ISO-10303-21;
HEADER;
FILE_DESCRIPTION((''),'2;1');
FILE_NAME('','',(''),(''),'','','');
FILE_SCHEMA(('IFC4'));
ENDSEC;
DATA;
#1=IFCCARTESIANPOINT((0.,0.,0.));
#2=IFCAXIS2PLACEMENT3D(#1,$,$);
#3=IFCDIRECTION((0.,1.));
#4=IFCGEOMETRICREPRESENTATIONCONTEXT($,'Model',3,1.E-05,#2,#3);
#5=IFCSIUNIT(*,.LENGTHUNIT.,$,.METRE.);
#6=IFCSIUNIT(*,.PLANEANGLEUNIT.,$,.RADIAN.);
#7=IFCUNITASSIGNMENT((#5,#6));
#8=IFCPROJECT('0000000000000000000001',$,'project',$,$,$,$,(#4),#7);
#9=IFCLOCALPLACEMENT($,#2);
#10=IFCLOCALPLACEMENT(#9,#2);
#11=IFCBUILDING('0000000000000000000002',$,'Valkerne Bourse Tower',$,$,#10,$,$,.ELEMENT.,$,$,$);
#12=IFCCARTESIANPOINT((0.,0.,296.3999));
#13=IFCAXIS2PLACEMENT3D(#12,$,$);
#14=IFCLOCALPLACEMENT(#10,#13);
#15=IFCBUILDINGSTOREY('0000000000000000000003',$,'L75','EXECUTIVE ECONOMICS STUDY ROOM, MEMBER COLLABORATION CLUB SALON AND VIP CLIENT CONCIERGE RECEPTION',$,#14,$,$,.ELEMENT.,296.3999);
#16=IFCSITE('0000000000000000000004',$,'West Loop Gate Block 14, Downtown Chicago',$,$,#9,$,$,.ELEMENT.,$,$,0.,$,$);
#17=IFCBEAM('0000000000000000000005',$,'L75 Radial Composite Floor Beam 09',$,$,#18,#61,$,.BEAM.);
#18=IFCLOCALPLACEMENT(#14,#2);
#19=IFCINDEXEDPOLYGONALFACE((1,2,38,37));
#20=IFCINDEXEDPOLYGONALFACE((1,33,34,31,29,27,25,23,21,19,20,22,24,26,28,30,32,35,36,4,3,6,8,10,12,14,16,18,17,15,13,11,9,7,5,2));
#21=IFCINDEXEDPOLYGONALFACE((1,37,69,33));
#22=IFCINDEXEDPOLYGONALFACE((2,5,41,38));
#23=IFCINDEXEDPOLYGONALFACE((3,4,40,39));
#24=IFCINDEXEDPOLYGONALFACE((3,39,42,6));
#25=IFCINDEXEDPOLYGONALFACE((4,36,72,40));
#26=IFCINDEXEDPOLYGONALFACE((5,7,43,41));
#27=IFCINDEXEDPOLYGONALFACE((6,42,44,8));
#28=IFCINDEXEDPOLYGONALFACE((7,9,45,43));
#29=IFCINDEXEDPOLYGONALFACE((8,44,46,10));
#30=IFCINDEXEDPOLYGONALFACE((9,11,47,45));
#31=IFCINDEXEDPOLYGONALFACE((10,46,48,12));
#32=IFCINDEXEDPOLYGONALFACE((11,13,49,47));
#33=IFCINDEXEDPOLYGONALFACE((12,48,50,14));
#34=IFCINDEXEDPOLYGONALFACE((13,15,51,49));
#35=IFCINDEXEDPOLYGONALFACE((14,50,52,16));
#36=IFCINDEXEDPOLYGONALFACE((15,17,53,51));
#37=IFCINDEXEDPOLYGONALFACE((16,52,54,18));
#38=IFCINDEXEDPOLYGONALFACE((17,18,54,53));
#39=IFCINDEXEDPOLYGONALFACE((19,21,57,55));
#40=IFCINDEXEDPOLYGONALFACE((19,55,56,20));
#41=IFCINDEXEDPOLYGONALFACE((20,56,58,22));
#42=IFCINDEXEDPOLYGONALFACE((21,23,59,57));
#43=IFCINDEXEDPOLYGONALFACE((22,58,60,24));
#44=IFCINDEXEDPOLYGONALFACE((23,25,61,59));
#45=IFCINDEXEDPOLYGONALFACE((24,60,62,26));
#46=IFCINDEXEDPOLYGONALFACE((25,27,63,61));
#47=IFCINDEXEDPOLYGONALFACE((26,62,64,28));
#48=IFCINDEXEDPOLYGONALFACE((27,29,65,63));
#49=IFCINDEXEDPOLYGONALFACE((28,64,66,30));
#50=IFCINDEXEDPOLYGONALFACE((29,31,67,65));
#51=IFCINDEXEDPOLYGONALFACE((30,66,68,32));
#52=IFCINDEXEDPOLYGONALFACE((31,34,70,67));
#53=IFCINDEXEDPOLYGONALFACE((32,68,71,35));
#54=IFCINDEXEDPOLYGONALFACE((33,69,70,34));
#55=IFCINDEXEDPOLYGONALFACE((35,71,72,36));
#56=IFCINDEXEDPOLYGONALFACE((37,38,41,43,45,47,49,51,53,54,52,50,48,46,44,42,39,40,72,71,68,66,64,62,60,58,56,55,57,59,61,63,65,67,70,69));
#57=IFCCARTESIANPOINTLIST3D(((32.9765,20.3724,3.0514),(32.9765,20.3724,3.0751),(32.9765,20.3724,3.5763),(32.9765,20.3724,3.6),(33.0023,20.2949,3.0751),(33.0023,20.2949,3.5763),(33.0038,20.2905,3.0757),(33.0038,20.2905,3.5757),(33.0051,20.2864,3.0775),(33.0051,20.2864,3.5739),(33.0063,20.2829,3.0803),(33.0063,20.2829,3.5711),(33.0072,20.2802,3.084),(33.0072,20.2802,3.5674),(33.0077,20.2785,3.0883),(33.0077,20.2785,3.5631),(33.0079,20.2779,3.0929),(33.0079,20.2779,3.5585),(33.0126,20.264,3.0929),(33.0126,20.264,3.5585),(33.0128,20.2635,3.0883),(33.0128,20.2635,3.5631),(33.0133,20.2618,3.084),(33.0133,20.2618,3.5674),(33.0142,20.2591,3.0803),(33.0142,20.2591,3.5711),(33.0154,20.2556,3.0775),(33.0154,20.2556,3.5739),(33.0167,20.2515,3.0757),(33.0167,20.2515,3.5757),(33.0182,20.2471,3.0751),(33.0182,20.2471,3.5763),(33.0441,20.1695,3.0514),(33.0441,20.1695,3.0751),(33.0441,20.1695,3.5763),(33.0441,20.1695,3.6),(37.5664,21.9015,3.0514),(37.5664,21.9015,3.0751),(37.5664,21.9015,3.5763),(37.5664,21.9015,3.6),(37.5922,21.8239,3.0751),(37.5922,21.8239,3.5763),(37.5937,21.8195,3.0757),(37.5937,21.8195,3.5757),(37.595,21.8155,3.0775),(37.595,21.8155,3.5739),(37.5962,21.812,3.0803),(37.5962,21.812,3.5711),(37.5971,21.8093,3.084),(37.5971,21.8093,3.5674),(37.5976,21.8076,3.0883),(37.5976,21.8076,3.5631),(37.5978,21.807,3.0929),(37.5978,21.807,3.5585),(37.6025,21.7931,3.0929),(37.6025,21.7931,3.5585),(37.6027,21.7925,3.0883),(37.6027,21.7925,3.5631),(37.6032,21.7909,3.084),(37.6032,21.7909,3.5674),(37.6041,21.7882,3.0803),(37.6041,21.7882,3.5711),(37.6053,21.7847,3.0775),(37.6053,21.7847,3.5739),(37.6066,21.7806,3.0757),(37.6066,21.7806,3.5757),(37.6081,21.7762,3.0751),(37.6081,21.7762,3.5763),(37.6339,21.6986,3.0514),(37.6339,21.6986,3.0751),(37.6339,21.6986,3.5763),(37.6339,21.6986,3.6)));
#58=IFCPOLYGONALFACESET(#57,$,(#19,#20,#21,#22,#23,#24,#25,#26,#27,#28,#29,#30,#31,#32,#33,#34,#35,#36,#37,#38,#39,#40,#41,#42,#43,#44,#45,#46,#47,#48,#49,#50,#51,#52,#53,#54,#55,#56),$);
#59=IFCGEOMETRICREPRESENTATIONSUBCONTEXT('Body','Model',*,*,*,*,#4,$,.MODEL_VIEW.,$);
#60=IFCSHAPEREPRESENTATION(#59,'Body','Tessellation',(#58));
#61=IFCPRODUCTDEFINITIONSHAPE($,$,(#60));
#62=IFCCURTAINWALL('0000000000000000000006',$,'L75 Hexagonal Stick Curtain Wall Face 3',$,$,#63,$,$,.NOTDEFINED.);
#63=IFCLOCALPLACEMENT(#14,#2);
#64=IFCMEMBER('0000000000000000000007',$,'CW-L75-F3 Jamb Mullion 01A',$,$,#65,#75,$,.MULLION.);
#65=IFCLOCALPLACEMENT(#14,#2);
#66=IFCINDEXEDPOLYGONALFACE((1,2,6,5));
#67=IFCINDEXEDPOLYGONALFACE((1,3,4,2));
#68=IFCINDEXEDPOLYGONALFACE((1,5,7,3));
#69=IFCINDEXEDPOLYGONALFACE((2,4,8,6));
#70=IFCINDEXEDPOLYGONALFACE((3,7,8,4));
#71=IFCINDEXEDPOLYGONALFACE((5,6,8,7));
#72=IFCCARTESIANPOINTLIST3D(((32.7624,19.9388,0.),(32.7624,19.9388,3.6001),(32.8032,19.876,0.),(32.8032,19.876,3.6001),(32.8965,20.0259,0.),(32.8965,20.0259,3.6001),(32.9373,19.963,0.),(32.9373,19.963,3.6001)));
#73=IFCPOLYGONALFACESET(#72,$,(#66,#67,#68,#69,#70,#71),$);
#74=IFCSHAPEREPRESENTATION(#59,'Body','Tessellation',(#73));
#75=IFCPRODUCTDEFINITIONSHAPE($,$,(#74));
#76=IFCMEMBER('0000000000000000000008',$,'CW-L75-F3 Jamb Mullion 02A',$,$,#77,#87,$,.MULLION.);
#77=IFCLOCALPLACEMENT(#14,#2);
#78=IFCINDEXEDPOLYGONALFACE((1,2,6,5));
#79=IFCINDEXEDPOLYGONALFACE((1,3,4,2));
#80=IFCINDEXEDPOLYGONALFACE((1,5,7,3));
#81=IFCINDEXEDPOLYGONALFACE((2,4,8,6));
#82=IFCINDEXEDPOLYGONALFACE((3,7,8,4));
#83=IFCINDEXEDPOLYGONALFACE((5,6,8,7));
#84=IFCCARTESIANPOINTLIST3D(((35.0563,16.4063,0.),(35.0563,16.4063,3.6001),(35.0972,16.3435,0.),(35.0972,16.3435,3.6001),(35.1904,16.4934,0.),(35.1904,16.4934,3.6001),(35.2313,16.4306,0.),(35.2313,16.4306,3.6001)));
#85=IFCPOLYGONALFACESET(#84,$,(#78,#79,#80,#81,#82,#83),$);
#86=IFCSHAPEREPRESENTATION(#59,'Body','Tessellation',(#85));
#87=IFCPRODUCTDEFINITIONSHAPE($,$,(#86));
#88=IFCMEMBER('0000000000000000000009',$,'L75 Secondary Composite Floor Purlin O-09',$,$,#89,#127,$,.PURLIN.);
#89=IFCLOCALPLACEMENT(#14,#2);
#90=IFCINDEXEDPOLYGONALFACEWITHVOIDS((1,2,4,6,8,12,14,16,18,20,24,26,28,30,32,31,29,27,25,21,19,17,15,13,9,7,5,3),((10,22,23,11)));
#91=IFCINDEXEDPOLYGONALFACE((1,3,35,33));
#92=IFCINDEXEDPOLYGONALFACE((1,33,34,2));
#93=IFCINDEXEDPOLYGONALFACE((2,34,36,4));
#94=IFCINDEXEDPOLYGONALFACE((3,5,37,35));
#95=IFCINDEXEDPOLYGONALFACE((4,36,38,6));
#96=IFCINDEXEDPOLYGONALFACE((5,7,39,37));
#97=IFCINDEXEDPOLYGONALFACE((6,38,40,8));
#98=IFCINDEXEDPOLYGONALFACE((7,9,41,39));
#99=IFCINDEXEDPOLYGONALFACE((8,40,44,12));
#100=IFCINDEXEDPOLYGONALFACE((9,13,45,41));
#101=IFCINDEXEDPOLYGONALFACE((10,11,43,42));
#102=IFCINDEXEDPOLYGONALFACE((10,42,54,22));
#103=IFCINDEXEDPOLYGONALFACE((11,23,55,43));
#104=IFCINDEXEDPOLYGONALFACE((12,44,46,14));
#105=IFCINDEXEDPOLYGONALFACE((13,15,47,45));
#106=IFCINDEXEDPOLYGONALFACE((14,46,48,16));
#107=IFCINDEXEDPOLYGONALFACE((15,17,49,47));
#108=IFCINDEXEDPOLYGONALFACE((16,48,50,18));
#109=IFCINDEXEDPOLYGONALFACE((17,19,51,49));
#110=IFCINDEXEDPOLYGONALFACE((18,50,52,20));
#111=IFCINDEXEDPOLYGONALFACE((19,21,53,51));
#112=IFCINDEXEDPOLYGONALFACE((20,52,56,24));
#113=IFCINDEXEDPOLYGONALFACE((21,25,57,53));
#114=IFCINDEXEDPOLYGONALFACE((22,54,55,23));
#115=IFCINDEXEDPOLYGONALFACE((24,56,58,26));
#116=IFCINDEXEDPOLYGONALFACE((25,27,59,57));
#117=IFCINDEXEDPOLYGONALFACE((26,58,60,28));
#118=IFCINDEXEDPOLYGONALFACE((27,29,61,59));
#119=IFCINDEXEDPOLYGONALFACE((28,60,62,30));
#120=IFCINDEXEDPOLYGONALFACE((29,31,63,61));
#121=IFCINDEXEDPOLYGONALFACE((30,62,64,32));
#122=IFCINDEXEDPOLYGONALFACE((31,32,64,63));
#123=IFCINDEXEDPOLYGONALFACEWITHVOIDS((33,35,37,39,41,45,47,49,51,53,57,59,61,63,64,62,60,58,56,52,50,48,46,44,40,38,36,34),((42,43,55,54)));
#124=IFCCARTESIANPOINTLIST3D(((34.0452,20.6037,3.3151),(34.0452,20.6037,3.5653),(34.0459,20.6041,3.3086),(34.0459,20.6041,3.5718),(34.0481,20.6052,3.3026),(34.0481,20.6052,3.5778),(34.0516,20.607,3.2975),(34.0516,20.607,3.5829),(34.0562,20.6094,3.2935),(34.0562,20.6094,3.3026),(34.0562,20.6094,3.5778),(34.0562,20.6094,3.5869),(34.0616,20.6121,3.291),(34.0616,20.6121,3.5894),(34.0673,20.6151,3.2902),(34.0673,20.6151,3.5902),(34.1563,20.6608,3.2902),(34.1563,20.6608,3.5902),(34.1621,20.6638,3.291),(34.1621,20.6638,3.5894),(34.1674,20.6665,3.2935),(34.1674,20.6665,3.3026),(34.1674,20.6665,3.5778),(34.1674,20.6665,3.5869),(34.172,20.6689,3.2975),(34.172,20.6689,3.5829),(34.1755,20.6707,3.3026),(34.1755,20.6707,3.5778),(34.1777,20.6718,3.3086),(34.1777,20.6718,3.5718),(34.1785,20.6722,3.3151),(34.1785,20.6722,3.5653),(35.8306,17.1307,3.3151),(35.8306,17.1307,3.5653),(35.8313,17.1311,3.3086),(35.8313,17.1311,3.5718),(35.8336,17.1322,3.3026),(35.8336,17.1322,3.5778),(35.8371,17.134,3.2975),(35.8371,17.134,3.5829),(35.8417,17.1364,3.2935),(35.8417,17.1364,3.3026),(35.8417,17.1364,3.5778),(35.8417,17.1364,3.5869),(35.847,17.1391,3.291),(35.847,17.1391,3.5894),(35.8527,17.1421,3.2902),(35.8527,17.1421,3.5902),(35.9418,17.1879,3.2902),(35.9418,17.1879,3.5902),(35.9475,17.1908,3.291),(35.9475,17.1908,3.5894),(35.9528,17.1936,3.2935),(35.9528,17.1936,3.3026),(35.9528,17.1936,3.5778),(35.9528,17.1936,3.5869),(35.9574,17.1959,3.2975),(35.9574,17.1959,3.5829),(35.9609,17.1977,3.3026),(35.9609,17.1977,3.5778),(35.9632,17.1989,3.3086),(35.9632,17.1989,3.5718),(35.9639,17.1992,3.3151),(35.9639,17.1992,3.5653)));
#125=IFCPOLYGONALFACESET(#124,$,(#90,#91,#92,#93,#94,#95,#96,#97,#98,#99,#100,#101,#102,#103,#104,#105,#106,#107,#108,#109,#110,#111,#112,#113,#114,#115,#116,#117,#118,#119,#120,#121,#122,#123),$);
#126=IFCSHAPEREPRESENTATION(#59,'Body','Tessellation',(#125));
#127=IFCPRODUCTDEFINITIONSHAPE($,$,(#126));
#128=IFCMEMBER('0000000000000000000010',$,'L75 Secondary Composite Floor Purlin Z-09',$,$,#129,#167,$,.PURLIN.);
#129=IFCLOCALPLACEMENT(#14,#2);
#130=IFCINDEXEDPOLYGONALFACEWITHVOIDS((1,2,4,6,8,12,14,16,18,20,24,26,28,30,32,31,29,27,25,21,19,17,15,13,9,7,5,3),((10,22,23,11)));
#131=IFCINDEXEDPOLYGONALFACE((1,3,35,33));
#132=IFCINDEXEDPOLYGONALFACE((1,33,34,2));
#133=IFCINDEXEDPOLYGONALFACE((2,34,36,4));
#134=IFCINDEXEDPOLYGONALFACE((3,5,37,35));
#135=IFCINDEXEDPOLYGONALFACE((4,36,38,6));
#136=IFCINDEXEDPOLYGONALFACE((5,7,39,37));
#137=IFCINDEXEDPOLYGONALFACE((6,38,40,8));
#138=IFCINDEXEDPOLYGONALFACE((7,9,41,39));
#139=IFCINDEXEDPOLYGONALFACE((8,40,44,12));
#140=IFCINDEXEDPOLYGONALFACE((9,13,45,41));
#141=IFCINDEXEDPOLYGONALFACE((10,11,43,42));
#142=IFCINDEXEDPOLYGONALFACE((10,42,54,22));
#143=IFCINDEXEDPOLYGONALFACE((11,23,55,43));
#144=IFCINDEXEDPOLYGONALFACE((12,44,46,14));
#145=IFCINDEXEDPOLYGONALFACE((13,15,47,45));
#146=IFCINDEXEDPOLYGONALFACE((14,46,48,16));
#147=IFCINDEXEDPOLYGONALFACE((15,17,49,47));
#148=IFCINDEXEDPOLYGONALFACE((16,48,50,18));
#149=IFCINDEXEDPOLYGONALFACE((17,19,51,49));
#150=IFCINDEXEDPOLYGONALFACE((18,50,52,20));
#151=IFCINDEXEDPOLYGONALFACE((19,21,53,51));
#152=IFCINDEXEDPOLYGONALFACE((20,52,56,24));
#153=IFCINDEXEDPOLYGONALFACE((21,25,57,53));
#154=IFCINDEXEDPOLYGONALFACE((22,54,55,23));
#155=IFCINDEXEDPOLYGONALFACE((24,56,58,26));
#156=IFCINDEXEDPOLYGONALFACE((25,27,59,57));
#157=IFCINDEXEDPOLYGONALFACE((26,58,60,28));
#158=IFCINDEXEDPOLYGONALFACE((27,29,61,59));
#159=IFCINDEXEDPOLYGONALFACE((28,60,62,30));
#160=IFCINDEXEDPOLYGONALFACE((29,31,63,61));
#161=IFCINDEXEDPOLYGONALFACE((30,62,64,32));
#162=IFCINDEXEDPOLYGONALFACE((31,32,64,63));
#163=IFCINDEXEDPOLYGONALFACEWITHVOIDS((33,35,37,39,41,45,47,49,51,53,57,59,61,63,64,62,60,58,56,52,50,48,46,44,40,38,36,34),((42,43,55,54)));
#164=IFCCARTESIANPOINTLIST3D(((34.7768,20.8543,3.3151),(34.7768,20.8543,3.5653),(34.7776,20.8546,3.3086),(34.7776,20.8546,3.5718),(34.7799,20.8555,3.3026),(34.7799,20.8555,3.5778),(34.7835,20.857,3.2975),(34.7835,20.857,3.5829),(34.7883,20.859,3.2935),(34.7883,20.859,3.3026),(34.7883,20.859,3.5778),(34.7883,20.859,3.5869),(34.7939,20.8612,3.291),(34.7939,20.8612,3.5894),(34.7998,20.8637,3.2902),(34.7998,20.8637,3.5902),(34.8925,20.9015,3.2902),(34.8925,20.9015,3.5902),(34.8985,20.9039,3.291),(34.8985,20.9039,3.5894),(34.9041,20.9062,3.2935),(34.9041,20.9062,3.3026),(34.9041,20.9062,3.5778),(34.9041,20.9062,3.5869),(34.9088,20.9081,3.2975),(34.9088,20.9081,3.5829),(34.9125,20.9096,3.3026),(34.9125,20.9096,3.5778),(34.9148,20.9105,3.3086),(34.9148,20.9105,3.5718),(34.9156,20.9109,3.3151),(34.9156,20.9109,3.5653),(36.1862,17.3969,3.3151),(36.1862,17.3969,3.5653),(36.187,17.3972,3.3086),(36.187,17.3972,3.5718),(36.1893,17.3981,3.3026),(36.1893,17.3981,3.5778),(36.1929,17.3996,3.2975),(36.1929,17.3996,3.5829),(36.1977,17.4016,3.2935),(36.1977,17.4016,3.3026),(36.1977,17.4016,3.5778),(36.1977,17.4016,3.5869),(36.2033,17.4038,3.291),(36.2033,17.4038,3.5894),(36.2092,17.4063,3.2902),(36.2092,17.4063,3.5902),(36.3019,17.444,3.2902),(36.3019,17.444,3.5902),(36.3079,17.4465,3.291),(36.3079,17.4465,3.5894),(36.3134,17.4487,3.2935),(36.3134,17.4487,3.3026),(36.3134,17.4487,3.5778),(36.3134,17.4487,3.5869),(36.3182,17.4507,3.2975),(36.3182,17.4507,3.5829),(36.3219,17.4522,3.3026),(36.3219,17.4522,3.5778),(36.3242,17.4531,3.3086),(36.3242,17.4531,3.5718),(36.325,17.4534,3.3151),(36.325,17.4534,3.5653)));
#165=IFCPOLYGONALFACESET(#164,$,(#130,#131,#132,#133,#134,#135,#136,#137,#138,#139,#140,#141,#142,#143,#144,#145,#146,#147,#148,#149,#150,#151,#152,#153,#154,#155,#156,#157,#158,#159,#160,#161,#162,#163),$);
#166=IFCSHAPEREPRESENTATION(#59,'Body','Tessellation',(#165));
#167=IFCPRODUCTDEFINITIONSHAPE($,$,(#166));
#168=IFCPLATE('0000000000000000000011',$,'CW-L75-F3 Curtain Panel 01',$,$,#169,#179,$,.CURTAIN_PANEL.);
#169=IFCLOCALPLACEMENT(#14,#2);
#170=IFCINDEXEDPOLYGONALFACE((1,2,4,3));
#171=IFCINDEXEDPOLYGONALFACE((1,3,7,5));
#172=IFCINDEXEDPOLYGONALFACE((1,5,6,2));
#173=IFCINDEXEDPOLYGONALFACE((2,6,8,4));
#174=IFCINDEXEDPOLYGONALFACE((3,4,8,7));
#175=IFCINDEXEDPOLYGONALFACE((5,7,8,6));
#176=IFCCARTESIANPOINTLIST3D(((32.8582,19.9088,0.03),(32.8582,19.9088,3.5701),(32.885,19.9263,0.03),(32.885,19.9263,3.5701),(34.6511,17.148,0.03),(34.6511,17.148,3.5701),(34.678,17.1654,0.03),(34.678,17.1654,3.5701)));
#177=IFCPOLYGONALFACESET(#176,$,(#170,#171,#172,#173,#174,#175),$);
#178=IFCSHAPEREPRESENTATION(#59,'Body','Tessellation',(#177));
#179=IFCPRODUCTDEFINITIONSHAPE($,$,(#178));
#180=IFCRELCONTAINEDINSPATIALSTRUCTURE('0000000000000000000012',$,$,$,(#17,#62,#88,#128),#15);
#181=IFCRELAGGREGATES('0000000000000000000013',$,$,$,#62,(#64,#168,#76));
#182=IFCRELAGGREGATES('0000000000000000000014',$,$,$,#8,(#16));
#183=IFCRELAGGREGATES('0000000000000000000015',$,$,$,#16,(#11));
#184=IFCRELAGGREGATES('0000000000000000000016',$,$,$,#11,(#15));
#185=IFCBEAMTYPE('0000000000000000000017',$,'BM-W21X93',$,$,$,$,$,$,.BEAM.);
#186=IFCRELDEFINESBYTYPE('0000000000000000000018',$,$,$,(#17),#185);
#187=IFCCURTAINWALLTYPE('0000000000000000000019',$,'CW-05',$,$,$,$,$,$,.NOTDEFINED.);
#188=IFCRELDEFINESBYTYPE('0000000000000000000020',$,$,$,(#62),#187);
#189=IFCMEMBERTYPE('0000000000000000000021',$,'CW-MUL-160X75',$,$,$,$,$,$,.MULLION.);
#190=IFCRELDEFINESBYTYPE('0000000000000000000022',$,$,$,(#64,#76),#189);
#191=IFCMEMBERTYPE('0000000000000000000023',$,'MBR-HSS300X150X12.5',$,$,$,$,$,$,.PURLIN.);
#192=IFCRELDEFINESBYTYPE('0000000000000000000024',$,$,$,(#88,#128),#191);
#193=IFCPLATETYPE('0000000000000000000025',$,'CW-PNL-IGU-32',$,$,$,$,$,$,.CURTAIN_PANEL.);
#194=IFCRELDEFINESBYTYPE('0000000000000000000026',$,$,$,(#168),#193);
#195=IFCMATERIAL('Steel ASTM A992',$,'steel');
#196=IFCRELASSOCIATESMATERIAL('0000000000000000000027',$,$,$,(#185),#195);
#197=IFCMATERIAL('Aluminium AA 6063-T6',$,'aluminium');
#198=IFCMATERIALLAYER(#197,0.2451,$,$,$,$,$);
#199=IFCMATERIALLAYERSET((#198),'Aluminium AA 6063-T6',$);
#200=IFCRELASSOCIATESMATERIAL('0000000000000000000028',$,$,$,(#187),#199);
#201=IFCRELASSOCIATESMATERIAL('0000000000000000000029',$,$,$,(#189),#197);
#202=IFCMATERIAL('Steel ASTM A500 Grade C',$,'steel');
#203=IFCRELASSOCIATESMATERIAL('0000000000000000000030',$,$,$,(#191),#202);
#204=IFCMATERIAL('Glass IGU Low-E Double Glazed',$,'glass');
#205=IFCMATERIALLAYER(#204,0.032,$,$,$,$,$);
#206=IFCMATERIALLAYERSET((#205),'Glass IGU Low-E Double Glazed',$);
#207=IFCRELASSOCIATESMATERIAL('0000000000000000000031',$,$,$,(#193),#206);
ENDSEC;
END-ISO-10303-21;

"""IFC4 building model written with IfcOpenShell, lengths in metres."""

from ifc_helpers import new_model, si_unit, direction, frame, origin, origin_2d, place, context, subcontext, project, spatial, rectangle, hollow_rectangle, i_section, extrude, material, layer, layer_set, material_profile, profile_set, type_object, element, aggregate, save


model = new_model("IFC4")

# Units and contexts
model_context = context("Model", 3, precision=1e-05, world=origin(), true_north=direction((0.0, 1.0)))
body_context = subcontext(model_context, "Body", "Model", "MODEL_VIEW")
ifc_project = project(units=[si_unit("LENGTHUNIT", "METRE"), si_unit("PLANEANGLEUNIT", "RADIAN")], contexts=[model_context])

# Site, building, storey
site_placement = place(None, origin())
site = spatial("IfcSite", under=ifc_project, at=site_placement, Name="West Loop Gate Block 14, Downtown Chicago", CompositionType="ELEMENT", RefElevation=0.0)
building_placement = place(site_placement, origin())
building = spatial("IfcBuilding", under=site, at=building_placement, Name="Valkerne Bourse Tower", CompositionType="ELEMENT")
storey_placement = place(building_placement, frame((0.0, 0.0, 296.3999)))
storey = spatial("IfcBuildingStorey", under=building, at=storey_placement, Name="L75", Description="EXECUTIVE ECONOMICS STUDY ROOM, MEMBER COLLABORATION CLUB SALON AND VIP CLIENT CONCIERGE RECEPTION", CompositionType="ELEMENT", Elevation=296.3999)

# Beam
ifc_material_1 = material(Name="Steel ASTM A992", Category="steel")
ifc_material_profile_1 = material_profile(ifc_material_1, i_section(OverallWidth=0.2139, OverallDepth=0.5486, WebThickness=0.0146, FlangeThickness=0.0237, FilletRadius=0.0178, at=origin_2d()), Name="W21X93")
ifc_profile_set_1 = profile_set([ifc_material_profile_1], Name="Steel ASTM A992")
beam_type_1 = type_object("IfcBeamType", Name="BM-W21X93", PredefinedType="BEAM", material=ifc_profile_set_1)
beam_1_placement = place(storey_placement, frame((33.0103, 20.271, 3.3257), z_axis=(0.948739, 0.316061, 0.0), x_axis=(-0.316061, 0.948739, 0.0)))
element("IfcBeam", 1, at=beam_1_placement, inside=storey, type_object=beam_type_1, Name="L75 Radial Composite Floor Beam 09", PredefinedType="BEAM", context=body_context, shape_type="SweptSolid", body=[
    extrude(i_section(OverallWidth=0.2139, OverallDepth=0.5486, WebThickness=0.0146, FlangeThickness=0.0237, FilletRadius=0.0178, at=origin_2d()), origin(), (0.0, 0.0, 1.0), 4.8379),
])

# Curtain wall, members
ifc_material_2 = material(Name="Aluminium AA 6063-T6", Category="aluminium")
ifc_layer_1 = layer(ifc_material_2, 0.2451)
ifc_layer_set_1 = layer_set([ifc_layer_1], Name="Aluminium AA 6063-T6")
curtain_wall_type = type_object("IfcCurtainWallType", Name="CW-05", PredefinedType="NOTDEFINED", material=ifc_layer_set_1)
curtain_wall_placement = place(storey_placement, origin())
curtain_wall = element("IfcCurtainWall", 2, at=curtain_wall_placement, inside=storey, type_object=curtain_wall_type, Name="L75 Hexagonal Stick Curtain Wall Face 3", PredefinedType="NOTDEFINED")
ifc_material_profile_2 = material_profile(ifc_material_2, rectangle(XDim=0.075, YDim=0.1599, at=origin_2d()), Name="CWM-75X160")
ifc_profile_set_2 = profile_set([ifc_material_profile_2], Name="Aluminium AA 6063-T6")
member_type_1 = type_object("IfcMemberType", Name="CW-MUL-160X75", PredefinedType="MULLION", material=ifc_profile_set_2)
member_1_placement = place(storey_placement, frame((32.8499, 19.9509, 0.0), z_axis=(0.0, 0.0, 1.0), x_axis=(0.54465, -0.838663, 0.0)))
member_1 = element("IfcMember", 3, at=member_1_placement, type_object=member_type_1, Name="CW-L75-F3 Jamb Mullion 01A", PredefinedType="MULLION", context=body_context, shape_type="SweptSolid", body=[
    extrude(rectangle(XDim=0.075, YDim=0.1599, at=origin_2d()), origin(), (0.0, 0.0, 1.0), 3.6001),
])
member_2_placement = place(storey_placement, frame((35.1438, 16.4185, 0.0), z_axis=(0.0, 0.0, 1.0), x_axis=(0.544634, -0.838674, 0.0)))
member_2 = element("IfcMember", 4, at=member_2_placement, type_object=member_type_1, Name="CW-L75-F3 Jamb Mullion 02A", PredefinedType="MULLION", context=body_context, shape_type="SweptSolid", body=[
    extrude(rectangle(XDim=0.075, YDim=0.1599, at=origin_2d()), origin(), (0.0, 0.0, 1.0), 3.6001),
])

# Members
ifc_material_3 = material(Name="Steel ASTM A500 Grade C", Category="steel")
ifc_material_profile_3 = material_profile(ifc_material_3, hollow_rectangle(XDim=0.1499, YDim=0.3, WallThickness=0.0125, OuterFilletRadius=0.0249, at=origin_2d()), Name="HSS300X150X12.5")
ifc_profile_set_3 = profile_set([ifc_material_profile_3], Name="Steel ASTM A500 Grade C")
member_type_2 = type_object("IfcMemberType", Name="MBR-HSS300X150X12.5", PredefinedType="PURLIN", material=ifc_profile_set_3)
member_3_placement = place(storey_placement, frame((34.1118, 20.6379, 3.4402), z_axis=(0.457214, -0.889357, 0.0), x_axis=(0.889357, 0.457214, 0.0)))
element("IfcMember", 5, at=member_3_placement, inside=storey, type_object=member_type_2, Name="L75 Secondary Composite Floor Purlin O-09", PredefinedType="PURLIN", context=body_context, shape_type="SweptSolid", body=[
    extrude(hollow_rectangle(XDim=0.1499, YDim=0.3, WallThickness=0.0125, OuterFilletRadius=0.0249, at=origin_2d()), origin(), (0.0, 0.0, 1.0), 3.905),
])
member_4_placement = place(storey_placement, frame((34.8462, 20.8826, 3.4402), z_axis=(0.377482, -0.926017, 0.0), x_axis=(0.926017, 0.377482, 0.0)))
element("IfcMember", 6, at=member_4_placement, inside=storey, type_object=member_type_2, Name="L75 Secondary Composite Floor Purlin Z-09", PredefinedType="PURLIN", context=body_context, shape_type="SweptSolid", body=[
    extrude(hollow_rectangle(XDim=0.1499, YDim=0.3, WallThickness=0.0125, OuterFilletRadius=0.0249, at=origin_2d()), origin(), (0.0, 0.0, 1.0), 3.7336),
])

# Plate
ifc_material_4 = material(Name="Glass IGU Low-E Double Glazed", Category="glass")
ifc_layer_2 = layer(ifc_material_4, 0.032)
ifc_layer_set_2 = layer_set([ifc_layer_2], Name="Glass IGU Low-E Double Glazed")
plate_type = type_object("IfcPlateType", Name="CW-PNL-IGU-32", PredefinedType="CURTAIN_PANEL", material=ifc_layer_set_2)
plate_placement = place(storey_placement, frame((33.7681, 18.5371, 0.03), z_axis=(0.0, 0.0, 1.0), x_axis=(0.54465, -0.838663, 0.0)))
plate = element("IfcPlate", 7, at=plate_placement, type_object=plate_type, Name="CW-L75-F3 Curtain Panel 01", PredefinedType="CURTAIN_PANEL", context=body_context, shape_type="SweptSolid", body=[
    extrude(rectangle(XDim=3.292, YDim=0.032, at=origin_2d()), origin(), (0.0, 0.0, 1.0), 3.54),
])
aggregate(curtain_wall, [member_1, plate, member_2])

save(model, "model.ifc")
